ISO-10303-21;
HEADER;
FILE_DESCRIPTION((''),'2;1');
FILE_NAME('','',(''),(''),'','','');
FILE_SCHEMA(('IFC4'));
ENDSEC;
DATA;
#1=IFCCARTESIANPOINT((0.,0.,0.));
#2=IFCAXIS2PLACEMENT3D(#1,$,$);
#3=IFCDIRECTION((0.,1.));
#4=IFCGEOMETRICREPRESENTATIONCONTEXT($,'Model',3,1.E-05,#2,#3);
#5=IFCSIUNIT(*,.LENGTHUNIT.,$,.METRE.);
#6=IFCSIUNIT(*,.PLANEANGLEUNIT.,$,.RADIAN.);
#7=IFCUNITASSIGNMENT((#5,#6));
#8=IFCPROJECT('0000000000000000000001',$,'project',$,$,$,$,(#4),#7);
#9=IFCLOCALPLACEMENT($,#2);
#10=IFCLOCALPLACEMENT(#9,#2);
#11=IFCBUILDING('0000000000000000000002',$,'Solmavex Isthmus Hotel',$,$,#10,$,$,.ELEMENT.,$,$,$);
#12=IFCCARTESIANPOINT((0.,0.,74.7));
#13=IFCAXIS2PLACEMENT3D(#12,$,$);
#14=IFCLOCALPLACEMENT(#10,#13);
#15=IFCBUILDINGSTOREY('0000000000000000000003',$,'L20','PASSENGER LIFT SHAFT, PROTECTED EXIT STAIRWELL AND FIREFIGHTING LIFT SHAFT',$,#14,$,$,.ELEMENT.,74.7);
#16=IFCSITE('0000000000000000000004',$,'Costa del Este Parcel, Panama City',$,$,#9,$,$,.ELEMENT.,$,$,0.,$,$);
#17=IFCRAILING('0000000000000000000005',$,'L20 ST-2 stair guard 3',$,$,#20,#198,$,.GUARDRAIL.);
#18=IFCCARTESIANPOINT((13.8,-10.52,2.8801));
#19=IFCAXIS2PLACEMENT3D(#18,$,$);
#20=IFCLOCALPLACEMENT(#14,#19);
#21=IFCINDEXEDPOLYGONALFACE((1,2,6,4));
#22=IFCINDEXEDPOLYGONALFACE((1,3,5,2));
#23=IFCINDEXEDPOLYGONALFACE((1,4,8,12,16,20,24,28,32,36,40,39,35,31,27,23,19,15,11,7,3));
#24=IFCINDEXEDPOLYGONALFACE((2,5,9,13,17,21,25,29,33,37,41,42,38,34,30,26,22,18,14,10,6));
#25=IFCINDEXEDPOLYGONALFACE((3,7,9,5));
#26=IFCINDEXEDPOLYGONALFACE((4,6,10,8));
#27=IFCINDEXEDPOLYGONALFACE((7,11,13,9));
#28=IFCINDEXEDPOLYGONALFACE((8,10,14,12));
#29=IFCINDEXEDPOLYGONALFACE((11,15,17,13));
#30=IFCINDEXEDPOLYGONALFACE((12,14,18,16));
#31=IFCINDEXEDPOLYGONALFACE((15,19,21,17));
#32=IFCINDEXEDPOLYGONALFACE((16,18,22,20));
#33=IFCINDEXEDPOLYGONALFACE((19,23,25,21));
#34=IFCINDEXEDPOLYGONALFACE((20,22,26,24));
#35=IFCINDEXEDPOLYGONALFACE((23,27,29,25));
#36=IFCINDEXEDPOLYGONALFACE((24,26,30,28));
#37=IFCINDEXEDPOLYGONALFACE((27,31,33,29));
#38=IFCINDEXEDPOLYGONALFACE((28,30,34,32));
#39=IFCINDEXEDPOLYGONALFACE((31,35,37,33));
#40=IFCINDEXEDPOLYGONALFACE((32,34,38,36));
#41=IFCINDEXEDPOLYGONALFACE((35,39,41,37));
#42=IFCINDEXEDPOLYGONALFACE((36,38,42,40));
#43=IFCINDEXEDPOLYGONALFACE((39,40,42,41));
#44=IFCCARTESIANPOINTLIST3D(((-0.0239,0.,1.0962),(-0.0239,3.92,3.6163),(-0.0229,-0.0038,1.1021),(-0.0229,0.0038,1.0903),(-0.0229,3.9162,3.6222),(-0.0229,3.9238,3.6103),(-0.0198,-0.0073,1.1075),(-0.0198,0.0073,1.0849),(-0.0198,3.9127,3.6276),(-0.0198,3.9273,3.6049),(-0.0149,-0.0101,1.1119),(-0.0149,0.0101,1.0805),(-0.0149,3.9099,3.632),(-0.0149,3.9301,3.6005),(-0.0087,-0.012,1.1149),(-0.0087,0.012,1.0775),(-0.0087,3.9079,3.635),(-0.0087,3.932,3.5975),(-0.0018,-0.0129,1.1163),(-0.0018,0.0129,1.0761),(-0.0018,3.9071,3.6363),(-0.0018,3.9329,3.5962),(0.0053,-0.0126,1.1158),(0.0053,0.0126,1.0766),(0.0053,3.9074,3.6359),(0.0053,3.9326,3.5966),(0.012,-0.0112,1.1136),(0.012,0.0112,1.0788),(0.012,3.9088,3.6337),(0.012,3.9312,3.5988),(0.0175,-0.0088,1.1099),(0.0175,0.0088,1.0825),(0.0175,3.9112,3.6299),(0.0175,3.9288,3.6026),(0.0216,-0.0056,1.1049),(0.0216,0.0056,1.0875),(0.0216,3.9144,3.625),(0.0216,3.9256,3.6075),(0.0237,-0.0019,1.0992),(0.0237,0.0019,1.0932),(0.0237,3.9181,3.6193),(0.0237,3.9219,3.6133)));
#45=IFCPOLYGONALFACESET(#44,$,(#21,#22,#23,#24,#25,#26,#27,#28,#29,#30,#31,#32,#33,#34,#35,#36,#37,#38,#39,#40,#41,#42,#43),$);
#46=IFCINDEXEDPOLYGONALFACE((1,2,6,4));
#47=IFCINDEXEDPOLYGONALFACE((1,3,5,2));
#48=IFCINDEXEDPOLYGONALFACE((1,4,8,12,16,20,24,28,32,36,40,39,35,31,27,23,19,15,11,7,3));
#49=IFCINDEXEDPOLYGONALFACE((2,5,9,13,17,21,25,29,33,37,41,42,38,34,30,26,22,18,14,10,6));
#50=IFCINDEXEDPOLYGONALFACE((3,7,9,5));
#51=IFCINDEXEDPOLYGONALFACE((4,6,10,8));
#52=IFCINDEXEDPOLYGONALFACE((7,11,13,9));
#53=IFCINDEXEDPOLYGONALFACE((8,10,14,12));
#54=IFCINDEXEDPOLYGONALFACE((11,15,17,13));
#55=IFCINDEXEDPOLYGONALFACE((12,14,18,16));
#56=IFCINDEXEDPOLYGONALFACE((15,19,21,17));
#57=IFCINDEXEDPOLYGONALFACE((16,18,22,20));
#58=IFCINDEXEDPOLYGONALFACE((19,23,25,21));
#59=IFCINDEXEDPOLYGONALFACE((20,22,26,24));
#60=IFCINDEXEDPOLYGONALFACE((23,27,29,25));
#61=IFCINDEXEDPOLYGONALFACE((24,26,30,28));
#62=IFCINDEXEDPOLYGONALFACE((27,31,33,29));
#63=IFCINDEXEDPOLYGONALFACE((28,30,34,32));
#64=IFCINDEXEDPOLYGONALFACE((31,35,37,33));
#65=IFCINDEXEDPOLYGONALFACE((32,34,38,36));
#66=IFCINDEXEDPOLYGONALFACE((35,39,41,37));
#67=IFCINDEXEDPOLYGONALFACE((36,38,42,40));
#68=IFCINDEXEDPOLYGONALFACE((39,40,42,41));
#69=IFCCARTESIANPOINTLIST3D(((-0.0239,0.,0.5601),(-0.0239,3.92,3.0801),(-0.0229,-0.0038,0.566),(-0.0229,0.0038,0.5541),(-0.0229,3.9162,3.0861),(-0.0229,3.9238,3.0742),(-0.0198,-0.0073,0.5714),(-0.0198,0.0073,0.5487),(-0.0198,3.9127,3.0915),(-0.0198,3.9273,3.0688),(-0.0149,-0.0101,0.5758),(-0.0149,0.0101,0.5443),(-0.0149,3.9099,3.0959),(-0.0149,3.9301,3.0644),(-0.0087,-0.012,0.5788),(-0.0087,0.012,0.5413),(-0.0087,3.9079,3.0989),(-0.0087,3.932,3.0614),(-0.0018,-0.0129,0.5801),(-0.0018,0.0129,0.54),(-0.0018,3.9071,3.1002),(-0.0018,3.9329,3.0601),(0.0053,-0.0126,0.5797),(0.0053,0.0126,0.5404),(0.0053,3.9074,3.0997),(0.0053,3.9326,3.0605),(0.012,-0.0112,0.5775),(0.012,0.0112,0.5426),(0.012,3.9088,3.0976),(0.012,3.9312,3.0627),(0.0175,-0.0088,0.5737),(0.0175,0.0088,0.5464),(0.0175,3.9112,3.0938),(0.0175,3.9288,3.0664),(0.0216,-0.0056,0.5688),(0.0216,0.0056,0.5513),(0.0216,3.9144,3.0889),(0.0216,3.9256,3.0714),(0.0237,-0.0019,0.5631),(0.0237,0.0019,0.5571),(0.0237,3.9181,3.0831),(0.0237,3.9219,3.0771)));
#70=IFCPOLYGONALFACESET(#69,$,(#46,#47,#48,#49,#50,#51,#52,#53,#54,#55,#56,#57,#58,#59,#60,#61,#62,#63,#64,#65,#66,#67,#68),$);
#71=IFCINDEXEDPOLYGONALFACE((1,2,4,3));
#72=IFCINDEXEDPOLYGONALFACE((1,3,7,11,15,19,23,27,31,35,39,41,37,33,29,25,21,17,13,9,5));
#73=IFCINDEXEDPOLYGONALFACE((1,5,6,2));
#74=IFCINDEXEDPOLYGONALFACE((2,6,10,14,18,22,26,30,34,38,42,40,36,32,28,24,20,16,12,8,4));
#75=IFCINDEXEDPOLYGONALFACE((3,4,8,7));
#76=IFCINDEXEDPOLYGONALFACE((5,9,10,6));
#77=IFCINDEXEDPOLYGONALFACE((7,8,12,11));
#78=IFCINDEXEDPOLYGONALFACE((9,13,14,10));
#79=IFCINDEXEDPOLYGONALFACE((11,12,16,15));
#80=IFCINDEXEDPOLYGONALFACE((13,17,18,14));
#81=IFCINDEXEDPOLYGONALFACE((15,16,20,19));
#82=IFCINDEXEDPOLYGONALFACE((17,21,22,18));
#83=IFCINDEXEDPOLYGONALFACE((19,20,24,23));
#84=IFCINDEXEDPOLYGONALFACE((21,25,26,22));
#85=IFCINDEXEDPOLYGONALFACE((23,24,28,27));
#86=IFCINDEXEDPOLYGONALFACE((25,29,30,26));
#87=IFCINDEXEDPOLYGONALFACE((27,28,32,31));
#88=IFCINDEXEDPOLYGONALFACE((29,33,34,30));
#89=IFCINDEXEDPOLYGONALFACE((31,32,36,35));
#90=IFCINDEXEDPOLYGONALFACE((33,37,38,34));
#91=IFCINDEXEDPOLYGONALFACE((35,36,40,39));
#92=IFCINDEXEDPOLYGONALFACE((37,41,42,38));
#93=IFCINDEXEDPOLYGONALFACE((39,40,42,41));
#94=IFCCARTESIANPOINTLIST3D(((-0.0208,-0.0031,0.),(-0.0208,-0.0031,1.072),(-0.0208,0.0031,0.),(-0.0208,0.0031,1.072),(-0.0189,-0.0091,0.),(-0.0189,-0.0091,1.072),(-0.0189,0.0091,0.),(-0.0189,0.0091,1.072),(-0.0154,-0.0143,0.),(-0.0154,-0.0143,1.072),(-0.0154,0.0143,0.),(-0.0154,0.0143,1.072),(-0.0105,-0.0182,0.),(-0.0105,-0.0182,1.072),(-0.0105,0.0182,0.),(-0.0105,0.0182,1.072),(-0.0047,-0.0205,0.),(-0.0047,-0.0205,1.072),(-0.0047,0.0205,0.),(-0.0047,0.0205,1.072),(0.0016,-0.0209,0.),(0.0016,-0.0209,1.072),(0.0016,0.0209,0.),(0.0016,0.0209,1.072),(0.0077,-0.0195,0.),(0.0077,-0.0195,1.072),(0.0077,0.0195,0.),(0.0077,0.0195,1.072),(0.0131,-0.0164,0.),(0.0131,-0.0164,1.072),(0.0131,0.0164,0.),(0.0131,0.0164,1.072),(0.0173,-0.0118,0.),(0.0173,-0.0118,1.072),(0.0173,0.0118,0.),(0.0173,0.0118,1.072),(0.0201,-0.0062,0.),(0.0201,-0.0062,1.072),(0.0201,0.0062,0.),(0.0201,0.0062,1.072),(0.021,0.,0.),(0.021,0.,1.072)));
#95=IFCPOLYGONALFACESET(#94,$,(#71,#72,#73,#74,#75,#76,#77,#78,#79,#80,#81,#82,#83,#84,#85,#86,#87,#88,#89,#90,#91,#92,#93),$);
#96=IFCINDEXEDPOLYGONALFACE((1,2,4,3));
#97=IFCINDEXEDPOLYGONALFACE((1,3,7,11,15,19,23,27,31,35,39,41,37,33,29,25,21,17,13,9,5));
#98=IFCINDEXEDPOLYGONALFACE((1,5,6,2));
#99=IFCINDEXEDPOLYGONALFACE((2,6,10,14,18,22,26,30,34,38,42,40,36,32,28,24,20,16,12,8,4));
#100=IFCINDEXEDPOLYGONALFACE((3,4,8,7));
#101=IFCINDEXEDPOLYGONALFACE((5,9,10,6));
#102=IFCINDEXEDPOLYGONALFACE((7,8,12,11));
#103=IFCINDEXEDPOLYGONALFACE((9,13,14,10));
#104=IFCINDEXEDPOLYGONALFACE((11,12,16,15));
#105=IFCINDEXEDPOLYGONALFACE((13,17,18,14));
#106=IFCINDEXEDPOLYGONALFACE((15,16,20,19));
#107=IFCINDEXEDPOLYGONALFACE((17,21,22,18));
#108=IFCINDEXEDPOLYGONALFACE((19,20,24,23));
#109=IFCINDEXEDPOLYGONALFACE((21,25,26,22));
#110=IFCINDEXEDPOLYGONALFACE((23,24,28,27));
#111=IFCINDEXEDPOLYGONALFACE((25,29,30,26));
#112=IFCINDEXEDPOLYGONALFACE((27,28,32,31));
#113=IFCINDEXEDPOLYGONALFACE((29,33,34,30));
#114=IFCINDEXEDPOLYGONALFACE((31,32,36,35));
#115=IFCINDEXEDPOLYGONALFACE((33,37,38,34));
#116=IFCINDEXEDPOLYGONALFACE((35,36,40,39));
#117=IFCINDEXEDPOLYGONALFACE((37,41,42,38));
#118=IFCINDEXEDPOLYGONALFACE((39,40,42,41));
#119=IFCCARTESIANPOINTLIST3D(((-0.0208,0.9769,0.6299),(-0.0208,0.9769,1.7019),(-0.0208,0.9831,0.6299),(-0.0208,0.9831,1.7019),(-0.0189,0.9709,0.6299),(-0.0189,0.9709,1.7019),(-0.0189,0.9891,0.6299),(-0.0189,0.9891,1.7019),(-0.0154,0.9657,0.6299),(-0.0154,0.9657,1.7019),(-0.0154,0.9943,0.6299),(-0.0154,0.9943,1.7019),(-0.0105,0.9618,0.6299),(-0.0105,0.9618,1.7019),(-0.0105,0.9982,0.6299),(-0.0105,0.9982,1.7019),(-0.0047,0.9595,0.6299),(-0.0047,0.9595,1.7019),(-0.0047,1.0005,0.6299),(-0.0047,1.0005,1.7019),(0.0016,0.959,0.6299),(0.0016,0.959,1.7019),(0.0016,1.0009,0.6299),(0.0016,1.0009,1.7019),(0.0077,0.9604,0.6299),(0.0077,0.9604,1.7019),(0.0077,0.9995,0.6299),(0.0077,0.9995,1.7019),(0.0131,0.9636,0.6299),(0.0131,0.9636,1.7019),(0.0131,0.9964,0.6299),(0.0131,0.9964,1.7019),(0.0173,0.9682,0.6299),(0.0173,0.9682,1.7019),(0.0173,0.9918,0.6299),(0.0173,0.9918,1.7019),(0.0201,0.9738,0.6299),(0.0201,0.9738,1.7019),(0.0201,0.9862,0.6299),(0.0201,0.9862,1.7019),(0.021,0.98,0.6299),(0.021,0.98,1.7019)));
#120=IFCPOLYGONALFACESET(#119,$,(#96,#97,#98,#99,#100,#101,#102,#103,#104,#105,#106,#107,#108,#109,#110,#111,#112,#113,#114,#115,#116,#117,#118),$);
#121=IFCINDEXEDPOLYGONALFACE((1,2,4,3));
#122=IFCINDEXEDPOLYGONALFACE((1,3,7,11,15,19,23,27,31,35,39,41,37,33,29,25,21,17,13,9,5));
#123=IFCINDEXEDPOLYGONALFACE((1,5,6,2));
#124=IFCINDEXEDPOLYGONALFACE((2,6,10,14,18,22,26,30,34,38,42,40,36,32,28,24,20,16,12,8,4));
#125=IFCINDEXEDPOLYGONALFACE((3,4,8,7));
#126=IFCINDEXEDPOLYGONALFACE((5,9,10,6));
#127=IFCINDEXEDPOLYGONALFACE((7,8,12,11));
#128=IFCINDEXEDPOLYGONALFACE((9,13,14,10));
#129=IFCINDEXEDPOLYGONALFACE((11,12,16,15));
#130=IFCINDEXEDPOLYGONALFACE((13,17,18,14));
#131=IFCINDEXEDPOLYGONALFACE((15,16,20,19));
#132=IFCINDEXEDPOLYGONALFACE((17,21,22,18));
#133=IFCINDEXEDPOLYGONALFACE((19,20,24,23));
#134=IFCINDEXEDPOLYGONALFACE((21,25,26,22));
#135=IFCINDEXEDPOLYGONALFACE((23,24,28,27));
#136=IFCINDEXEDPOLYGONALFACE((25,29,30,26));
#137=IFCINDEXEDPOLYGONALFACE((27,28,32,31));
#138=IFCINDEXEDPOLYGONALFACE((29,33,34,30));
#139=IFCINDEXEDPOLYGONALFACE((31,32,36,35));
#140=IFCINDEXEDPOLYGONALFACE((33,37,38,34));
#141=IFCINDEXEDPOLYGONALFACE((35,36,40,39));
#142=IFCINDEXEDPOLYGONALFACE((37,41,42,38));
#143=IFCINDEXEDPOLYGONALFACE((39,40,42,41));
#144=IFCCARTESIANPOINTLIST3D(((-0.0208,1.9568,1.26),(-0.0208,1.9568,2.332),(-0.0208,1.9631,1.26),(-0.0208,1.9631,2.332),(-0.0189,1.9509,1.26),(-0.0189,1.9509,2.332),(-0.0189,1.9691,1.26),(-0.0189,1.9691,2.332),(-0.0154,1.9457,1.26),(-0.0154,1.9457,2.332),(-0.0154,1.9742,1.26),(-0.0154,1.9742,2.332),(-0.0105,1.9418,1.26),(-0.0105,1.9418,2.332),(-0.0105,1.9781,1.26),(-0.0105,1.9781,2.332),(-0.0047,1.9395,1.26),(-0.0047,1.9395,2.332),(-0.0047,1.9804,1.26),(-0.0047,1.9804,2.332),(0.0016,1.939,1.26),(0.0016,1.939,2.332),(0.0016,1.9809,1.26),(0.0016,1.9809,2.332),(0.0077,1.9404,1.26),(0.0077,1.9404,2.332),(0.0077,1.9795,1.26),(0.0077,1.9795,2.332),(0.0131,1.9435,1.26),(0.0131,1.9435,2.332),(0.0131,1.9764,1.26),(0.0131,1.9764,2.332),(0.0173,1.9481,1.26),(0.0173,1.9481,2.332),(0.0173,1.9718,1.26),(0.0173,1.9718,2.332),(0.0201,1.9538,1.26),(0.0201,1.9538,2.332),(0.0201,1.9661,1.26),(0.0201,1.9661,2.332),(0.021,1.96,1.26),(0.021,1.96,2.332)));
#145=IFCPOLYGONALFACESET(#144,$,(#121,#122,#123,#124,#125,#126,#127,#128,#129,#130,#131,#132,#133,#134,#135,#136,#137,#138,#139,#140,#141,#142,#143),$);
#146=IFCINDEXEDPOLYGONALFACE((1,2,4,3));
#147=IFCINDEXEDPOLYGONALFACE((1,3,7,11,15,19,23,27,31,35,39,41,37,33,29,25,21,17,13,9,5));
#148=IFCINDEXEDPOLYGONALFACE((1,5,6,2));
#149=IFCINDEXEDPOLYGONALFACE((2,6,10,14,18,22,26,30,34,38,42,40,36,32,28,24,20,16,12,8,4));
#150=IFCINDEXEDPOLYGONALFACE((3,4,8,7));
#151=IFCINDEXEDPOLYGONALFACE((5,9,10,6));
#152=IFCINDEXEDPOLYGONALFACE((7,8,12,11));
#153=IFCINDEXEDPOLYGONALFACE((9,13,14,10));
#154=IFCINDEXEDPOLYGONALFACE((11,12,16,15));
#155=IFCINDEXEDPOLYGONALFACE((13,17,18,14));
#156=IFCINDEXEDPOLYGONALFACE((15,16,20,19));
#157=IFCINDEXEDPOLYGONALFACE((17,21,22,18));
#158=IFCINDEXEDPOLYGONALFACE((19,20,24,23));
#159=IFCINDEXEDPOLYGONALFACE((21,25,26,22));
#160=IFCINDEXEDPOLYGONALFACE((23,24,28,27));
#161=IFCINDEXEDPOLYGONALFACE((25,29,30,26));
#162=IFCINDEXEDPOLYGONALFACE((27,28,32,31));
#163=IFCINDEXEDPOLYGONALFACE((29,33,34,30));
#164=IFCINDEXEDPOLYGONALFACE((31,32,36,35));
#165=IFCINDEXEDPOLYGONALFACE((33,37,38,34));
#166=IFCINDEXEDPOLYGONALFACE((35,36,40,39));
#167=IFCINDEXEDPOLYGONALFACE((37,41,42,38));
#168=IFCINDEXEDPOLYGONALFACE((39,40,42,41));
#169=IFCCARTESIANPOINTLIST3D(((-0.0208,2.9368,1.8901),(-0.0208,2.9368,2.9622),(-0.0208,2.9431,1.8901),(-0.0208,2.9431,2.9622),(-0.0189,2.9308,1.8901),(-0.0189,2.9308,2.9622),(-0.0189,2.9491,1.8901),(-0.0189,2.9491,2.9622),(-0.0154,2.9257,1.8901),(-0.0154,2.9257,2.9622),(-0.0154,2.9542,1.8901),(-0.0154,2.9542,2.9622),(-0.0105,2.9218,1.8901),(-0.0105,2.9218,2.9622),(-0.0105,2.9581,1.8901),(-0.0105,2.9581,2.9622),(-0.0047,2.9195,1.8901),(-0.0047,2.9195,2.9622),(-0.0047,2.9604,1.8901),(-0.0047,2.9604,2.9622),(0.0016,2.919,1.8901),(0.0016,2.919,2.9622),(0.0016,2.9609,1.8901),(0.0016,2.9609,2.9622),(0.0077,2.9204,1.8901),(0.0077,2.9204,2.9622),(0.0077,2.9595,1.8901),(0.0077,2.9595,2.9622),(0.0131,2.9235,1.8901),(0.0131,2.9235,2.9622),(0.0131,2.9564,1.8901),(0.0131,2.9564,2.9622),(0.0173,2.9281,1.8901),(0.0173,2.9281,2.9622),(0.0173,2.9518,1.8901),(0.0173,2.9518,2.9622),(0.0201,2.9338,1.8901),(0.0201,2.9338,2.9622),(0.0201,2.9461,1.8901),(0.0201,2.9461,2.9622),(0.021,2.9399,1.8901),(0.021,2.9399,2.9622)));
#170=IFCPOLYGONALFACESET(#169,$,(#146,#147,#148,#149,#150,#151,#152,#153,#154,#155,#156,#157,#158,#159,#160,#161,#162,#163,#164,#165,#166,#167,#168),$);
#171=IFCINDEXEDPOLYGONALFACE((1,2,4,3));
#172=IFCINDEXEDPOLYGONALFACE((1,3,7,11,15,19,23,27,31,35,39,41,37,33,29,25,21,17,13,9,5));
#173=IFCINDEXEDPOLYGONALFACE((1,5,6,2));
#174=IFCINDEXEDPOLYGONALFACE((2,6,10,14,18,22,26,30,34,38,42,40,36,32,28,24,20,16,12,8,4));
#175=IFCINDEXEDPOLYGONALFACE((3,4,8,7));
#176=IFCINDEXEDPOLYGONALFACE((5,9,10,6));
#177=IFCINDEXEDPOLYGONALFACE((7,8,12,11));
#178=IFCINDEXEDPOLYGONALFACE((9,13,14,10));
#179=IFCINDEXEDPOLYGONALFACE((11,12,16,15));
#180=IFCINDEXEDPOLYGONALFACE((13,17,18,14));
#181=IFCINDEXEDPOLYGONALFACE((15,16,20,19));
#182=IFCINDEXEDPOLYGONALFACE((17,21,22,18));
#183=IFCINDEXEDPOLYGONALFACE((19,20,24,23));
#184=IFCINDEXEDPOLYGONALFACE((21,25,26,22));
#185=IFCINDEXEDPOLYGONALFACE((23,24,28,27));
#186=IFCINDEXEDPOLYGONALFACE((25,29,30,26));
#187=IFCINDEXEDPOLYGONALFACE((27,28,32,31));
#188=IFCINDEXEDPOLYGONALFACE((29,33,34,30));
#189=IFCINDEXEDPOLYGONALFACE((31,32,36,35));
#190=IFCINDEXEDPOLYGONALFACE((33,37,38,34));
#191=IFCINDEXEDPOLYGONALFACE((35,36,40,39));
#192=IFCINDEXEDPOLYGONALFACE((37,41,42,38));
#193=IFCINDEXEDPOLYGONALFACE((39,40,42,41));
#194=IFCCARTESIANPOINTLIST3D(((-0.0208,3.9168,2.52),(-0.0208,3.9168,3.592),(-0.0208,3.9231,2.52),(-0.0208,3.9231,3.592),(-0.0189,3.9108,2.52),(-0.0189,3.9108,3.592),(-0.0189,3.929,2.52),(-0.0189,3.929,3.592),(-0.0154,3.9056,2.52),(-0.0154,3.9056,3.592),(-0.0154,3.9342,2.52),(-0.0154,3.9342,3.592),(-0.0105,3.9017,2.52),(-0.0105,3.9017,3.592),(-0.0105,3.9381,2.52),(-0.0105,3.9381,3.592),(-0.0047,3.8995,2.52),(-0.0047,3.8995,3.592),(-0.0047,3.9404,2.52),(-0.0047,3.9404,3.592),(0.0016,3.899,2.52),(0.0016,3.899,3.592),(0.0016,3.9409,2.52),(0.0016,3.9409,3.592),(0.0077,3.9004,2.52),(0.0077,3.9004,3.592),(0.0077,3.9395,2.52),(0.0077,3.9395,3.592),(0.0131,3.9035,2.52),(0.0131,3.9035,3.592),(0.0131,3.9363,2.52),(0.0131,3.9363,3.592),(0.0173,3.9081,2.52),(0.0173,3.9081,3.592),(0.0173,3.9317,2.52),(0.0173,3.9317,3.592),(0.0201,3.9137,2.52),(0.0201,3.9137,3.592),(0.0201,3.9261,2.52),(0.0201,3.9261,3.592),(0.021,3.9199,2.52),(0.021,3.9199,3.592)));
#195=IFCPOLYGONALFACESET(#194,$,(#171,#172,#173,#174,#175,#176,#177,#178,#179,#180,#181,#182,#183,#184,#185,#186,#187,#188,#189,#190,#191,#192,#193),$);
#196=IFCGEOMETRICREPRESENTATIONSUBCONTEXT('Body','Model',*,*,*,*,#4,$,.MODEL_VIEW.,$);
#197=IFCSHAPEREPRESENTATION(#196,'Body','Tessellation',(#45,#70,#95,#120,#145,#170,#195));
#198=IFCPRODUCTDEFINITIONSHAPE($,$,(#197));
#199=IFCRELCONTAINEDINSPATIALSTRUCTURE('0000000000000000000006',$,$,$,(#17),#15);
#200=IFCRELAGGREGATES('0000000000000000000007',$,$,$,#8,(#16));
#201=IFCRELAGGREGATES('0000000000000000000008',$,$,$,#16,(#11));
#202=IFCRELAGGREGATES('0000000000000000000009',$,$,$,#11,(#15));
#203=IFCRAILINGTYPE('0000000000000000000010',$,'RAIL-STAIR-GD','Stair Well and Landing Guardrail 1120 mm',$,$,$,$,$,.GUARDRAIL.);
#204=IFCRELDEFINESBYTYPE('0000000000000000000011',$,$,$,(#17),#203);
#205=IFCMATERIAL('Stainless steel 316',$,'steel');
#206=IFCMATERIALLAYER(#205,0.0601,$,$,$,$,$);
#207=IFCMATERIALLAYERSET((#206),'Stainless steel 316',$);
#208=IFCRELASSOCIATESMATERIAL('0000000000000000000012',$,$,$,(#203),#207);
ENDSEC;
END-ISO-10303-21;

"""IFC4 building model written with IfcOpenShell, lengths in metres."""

from ifc_helpers import new_model, si_unit, direction, frame, origin, origin_2d, place, context, subcontext, project, spatial, circle, extrude, material, layer, layer_set, type_object, element, save


model = new_model("IFC4")

# Units and contexts
model_context = context("Model", 3, precision=1e-05, world=origin(), true_north=direction((0.0, 1.0)))
body_context = subcontext(model_context, "Body", "Model", "MODEL_VIEW")
ifc_project = project(units=[si_unit("LENGTHUNIT", "METRE"), si_unit("PLANEANGLEUNIT", "RADIAN")], contexts=[model_context])

# Site, building, storey
site_placement = place(None, origin())
site = spatial("IfcSite", under=ifc_project, at=site_placement, Name="Costa del Este Parcel, Panama City", CompositionType="ELEMENT", RefElevation=0.0)
building_placement = place(site_placement, origin())
building = spatial("IfcBuilding", under=site, at=building_placement, Name="Solmavex Isthmus Hotel", CompositionType="ELEMENT")
storey_placement = place(building_placement, frame((0.0, 0.0, 74.7)))
storey = spatial("IfcBuildingStorey", under=building, at=storey_placement, Name="L20", Description="PASSENGER LIFT SHAFT, PROTECTED EXIT STAIRWELL AND FIREFIGHTING LIFT SHAFT", CompositionType="ELEMENT", Elevation=74.7)

# Railing
ifc_material_1 = material(Name="Stainless steel 316", Category="steel")
ifc_layer_1 = layer(ifc_material_1, 0.0601)
ifc_layer_set_1 = layer_set([ifc_layer_1], Name="Stainless steel 316")
railing_type_1 = type_object("IfcRailingType", Name="RAIL-STAIR-GD", Description="Stair Well and Landing Guardrail 1120 mm", PredefinedType="GUARDRAIL", material=ifc_layer_set_1)
railing_1_placement = place(storey_placement, frame((13.8, -10.52, 2.8801)))
element("IfcRailing", 1, at=railing_1_placement, inside=storey, type_object=railing_type_1, Name="L20 ST-2 stair guard 3", PredefinedType="GUARDRAIL", context=body_context, shape_type="SweptSolid", body=[
    extrude(circle(Radius=0.0239, at=origin_2d()), frame((0.0, 0.0, 1.0962), z_axis=(0.0, 0.841172, 0.540768), x_axis=(-1.0, 0.0, 0.0)), (0.0, 0.0, 1.0), 4.6602),
    extrude(circle(Radius=0.0239, at=origin_2d()), frame((0.0, 0.0, 0.5601), z_axis=(0.0, 0.841172, 0.540768), x_axis=(-1.0, 0.0, 0.0)), (0.0, 0.0, 1.0), 4.6602),
    extrude(circle(Radius=0.021, at=origin_2d()), origin(), (0.0, 0.0, 1.0), 1.072),
    extrude(circle(Radius=0.021, at=origin_2d()), frame((0.0, 0.98, 0.6299)), (0.0, 0.0, 1.0), 1.072),
    extrude(circle(Radius=0.021, at=origin_2d()), frame((0.0, 1.96, 1.26)), (0.0, 0.0, 1.0), 1.072),
    extrude(circle(Radius=0.021, at=origin_2d()), frame((0.0, 2.9399, 1.8901)), (0.0, 0.0, 1.0), 1.072),
    extrude(circle(Radius=0.021, at=origin_2d()), frame((0.0, 3.9199, 2.52)), (0.0, 0.0, 1.0), 1.072),
])

save(model, "model.ifc")
